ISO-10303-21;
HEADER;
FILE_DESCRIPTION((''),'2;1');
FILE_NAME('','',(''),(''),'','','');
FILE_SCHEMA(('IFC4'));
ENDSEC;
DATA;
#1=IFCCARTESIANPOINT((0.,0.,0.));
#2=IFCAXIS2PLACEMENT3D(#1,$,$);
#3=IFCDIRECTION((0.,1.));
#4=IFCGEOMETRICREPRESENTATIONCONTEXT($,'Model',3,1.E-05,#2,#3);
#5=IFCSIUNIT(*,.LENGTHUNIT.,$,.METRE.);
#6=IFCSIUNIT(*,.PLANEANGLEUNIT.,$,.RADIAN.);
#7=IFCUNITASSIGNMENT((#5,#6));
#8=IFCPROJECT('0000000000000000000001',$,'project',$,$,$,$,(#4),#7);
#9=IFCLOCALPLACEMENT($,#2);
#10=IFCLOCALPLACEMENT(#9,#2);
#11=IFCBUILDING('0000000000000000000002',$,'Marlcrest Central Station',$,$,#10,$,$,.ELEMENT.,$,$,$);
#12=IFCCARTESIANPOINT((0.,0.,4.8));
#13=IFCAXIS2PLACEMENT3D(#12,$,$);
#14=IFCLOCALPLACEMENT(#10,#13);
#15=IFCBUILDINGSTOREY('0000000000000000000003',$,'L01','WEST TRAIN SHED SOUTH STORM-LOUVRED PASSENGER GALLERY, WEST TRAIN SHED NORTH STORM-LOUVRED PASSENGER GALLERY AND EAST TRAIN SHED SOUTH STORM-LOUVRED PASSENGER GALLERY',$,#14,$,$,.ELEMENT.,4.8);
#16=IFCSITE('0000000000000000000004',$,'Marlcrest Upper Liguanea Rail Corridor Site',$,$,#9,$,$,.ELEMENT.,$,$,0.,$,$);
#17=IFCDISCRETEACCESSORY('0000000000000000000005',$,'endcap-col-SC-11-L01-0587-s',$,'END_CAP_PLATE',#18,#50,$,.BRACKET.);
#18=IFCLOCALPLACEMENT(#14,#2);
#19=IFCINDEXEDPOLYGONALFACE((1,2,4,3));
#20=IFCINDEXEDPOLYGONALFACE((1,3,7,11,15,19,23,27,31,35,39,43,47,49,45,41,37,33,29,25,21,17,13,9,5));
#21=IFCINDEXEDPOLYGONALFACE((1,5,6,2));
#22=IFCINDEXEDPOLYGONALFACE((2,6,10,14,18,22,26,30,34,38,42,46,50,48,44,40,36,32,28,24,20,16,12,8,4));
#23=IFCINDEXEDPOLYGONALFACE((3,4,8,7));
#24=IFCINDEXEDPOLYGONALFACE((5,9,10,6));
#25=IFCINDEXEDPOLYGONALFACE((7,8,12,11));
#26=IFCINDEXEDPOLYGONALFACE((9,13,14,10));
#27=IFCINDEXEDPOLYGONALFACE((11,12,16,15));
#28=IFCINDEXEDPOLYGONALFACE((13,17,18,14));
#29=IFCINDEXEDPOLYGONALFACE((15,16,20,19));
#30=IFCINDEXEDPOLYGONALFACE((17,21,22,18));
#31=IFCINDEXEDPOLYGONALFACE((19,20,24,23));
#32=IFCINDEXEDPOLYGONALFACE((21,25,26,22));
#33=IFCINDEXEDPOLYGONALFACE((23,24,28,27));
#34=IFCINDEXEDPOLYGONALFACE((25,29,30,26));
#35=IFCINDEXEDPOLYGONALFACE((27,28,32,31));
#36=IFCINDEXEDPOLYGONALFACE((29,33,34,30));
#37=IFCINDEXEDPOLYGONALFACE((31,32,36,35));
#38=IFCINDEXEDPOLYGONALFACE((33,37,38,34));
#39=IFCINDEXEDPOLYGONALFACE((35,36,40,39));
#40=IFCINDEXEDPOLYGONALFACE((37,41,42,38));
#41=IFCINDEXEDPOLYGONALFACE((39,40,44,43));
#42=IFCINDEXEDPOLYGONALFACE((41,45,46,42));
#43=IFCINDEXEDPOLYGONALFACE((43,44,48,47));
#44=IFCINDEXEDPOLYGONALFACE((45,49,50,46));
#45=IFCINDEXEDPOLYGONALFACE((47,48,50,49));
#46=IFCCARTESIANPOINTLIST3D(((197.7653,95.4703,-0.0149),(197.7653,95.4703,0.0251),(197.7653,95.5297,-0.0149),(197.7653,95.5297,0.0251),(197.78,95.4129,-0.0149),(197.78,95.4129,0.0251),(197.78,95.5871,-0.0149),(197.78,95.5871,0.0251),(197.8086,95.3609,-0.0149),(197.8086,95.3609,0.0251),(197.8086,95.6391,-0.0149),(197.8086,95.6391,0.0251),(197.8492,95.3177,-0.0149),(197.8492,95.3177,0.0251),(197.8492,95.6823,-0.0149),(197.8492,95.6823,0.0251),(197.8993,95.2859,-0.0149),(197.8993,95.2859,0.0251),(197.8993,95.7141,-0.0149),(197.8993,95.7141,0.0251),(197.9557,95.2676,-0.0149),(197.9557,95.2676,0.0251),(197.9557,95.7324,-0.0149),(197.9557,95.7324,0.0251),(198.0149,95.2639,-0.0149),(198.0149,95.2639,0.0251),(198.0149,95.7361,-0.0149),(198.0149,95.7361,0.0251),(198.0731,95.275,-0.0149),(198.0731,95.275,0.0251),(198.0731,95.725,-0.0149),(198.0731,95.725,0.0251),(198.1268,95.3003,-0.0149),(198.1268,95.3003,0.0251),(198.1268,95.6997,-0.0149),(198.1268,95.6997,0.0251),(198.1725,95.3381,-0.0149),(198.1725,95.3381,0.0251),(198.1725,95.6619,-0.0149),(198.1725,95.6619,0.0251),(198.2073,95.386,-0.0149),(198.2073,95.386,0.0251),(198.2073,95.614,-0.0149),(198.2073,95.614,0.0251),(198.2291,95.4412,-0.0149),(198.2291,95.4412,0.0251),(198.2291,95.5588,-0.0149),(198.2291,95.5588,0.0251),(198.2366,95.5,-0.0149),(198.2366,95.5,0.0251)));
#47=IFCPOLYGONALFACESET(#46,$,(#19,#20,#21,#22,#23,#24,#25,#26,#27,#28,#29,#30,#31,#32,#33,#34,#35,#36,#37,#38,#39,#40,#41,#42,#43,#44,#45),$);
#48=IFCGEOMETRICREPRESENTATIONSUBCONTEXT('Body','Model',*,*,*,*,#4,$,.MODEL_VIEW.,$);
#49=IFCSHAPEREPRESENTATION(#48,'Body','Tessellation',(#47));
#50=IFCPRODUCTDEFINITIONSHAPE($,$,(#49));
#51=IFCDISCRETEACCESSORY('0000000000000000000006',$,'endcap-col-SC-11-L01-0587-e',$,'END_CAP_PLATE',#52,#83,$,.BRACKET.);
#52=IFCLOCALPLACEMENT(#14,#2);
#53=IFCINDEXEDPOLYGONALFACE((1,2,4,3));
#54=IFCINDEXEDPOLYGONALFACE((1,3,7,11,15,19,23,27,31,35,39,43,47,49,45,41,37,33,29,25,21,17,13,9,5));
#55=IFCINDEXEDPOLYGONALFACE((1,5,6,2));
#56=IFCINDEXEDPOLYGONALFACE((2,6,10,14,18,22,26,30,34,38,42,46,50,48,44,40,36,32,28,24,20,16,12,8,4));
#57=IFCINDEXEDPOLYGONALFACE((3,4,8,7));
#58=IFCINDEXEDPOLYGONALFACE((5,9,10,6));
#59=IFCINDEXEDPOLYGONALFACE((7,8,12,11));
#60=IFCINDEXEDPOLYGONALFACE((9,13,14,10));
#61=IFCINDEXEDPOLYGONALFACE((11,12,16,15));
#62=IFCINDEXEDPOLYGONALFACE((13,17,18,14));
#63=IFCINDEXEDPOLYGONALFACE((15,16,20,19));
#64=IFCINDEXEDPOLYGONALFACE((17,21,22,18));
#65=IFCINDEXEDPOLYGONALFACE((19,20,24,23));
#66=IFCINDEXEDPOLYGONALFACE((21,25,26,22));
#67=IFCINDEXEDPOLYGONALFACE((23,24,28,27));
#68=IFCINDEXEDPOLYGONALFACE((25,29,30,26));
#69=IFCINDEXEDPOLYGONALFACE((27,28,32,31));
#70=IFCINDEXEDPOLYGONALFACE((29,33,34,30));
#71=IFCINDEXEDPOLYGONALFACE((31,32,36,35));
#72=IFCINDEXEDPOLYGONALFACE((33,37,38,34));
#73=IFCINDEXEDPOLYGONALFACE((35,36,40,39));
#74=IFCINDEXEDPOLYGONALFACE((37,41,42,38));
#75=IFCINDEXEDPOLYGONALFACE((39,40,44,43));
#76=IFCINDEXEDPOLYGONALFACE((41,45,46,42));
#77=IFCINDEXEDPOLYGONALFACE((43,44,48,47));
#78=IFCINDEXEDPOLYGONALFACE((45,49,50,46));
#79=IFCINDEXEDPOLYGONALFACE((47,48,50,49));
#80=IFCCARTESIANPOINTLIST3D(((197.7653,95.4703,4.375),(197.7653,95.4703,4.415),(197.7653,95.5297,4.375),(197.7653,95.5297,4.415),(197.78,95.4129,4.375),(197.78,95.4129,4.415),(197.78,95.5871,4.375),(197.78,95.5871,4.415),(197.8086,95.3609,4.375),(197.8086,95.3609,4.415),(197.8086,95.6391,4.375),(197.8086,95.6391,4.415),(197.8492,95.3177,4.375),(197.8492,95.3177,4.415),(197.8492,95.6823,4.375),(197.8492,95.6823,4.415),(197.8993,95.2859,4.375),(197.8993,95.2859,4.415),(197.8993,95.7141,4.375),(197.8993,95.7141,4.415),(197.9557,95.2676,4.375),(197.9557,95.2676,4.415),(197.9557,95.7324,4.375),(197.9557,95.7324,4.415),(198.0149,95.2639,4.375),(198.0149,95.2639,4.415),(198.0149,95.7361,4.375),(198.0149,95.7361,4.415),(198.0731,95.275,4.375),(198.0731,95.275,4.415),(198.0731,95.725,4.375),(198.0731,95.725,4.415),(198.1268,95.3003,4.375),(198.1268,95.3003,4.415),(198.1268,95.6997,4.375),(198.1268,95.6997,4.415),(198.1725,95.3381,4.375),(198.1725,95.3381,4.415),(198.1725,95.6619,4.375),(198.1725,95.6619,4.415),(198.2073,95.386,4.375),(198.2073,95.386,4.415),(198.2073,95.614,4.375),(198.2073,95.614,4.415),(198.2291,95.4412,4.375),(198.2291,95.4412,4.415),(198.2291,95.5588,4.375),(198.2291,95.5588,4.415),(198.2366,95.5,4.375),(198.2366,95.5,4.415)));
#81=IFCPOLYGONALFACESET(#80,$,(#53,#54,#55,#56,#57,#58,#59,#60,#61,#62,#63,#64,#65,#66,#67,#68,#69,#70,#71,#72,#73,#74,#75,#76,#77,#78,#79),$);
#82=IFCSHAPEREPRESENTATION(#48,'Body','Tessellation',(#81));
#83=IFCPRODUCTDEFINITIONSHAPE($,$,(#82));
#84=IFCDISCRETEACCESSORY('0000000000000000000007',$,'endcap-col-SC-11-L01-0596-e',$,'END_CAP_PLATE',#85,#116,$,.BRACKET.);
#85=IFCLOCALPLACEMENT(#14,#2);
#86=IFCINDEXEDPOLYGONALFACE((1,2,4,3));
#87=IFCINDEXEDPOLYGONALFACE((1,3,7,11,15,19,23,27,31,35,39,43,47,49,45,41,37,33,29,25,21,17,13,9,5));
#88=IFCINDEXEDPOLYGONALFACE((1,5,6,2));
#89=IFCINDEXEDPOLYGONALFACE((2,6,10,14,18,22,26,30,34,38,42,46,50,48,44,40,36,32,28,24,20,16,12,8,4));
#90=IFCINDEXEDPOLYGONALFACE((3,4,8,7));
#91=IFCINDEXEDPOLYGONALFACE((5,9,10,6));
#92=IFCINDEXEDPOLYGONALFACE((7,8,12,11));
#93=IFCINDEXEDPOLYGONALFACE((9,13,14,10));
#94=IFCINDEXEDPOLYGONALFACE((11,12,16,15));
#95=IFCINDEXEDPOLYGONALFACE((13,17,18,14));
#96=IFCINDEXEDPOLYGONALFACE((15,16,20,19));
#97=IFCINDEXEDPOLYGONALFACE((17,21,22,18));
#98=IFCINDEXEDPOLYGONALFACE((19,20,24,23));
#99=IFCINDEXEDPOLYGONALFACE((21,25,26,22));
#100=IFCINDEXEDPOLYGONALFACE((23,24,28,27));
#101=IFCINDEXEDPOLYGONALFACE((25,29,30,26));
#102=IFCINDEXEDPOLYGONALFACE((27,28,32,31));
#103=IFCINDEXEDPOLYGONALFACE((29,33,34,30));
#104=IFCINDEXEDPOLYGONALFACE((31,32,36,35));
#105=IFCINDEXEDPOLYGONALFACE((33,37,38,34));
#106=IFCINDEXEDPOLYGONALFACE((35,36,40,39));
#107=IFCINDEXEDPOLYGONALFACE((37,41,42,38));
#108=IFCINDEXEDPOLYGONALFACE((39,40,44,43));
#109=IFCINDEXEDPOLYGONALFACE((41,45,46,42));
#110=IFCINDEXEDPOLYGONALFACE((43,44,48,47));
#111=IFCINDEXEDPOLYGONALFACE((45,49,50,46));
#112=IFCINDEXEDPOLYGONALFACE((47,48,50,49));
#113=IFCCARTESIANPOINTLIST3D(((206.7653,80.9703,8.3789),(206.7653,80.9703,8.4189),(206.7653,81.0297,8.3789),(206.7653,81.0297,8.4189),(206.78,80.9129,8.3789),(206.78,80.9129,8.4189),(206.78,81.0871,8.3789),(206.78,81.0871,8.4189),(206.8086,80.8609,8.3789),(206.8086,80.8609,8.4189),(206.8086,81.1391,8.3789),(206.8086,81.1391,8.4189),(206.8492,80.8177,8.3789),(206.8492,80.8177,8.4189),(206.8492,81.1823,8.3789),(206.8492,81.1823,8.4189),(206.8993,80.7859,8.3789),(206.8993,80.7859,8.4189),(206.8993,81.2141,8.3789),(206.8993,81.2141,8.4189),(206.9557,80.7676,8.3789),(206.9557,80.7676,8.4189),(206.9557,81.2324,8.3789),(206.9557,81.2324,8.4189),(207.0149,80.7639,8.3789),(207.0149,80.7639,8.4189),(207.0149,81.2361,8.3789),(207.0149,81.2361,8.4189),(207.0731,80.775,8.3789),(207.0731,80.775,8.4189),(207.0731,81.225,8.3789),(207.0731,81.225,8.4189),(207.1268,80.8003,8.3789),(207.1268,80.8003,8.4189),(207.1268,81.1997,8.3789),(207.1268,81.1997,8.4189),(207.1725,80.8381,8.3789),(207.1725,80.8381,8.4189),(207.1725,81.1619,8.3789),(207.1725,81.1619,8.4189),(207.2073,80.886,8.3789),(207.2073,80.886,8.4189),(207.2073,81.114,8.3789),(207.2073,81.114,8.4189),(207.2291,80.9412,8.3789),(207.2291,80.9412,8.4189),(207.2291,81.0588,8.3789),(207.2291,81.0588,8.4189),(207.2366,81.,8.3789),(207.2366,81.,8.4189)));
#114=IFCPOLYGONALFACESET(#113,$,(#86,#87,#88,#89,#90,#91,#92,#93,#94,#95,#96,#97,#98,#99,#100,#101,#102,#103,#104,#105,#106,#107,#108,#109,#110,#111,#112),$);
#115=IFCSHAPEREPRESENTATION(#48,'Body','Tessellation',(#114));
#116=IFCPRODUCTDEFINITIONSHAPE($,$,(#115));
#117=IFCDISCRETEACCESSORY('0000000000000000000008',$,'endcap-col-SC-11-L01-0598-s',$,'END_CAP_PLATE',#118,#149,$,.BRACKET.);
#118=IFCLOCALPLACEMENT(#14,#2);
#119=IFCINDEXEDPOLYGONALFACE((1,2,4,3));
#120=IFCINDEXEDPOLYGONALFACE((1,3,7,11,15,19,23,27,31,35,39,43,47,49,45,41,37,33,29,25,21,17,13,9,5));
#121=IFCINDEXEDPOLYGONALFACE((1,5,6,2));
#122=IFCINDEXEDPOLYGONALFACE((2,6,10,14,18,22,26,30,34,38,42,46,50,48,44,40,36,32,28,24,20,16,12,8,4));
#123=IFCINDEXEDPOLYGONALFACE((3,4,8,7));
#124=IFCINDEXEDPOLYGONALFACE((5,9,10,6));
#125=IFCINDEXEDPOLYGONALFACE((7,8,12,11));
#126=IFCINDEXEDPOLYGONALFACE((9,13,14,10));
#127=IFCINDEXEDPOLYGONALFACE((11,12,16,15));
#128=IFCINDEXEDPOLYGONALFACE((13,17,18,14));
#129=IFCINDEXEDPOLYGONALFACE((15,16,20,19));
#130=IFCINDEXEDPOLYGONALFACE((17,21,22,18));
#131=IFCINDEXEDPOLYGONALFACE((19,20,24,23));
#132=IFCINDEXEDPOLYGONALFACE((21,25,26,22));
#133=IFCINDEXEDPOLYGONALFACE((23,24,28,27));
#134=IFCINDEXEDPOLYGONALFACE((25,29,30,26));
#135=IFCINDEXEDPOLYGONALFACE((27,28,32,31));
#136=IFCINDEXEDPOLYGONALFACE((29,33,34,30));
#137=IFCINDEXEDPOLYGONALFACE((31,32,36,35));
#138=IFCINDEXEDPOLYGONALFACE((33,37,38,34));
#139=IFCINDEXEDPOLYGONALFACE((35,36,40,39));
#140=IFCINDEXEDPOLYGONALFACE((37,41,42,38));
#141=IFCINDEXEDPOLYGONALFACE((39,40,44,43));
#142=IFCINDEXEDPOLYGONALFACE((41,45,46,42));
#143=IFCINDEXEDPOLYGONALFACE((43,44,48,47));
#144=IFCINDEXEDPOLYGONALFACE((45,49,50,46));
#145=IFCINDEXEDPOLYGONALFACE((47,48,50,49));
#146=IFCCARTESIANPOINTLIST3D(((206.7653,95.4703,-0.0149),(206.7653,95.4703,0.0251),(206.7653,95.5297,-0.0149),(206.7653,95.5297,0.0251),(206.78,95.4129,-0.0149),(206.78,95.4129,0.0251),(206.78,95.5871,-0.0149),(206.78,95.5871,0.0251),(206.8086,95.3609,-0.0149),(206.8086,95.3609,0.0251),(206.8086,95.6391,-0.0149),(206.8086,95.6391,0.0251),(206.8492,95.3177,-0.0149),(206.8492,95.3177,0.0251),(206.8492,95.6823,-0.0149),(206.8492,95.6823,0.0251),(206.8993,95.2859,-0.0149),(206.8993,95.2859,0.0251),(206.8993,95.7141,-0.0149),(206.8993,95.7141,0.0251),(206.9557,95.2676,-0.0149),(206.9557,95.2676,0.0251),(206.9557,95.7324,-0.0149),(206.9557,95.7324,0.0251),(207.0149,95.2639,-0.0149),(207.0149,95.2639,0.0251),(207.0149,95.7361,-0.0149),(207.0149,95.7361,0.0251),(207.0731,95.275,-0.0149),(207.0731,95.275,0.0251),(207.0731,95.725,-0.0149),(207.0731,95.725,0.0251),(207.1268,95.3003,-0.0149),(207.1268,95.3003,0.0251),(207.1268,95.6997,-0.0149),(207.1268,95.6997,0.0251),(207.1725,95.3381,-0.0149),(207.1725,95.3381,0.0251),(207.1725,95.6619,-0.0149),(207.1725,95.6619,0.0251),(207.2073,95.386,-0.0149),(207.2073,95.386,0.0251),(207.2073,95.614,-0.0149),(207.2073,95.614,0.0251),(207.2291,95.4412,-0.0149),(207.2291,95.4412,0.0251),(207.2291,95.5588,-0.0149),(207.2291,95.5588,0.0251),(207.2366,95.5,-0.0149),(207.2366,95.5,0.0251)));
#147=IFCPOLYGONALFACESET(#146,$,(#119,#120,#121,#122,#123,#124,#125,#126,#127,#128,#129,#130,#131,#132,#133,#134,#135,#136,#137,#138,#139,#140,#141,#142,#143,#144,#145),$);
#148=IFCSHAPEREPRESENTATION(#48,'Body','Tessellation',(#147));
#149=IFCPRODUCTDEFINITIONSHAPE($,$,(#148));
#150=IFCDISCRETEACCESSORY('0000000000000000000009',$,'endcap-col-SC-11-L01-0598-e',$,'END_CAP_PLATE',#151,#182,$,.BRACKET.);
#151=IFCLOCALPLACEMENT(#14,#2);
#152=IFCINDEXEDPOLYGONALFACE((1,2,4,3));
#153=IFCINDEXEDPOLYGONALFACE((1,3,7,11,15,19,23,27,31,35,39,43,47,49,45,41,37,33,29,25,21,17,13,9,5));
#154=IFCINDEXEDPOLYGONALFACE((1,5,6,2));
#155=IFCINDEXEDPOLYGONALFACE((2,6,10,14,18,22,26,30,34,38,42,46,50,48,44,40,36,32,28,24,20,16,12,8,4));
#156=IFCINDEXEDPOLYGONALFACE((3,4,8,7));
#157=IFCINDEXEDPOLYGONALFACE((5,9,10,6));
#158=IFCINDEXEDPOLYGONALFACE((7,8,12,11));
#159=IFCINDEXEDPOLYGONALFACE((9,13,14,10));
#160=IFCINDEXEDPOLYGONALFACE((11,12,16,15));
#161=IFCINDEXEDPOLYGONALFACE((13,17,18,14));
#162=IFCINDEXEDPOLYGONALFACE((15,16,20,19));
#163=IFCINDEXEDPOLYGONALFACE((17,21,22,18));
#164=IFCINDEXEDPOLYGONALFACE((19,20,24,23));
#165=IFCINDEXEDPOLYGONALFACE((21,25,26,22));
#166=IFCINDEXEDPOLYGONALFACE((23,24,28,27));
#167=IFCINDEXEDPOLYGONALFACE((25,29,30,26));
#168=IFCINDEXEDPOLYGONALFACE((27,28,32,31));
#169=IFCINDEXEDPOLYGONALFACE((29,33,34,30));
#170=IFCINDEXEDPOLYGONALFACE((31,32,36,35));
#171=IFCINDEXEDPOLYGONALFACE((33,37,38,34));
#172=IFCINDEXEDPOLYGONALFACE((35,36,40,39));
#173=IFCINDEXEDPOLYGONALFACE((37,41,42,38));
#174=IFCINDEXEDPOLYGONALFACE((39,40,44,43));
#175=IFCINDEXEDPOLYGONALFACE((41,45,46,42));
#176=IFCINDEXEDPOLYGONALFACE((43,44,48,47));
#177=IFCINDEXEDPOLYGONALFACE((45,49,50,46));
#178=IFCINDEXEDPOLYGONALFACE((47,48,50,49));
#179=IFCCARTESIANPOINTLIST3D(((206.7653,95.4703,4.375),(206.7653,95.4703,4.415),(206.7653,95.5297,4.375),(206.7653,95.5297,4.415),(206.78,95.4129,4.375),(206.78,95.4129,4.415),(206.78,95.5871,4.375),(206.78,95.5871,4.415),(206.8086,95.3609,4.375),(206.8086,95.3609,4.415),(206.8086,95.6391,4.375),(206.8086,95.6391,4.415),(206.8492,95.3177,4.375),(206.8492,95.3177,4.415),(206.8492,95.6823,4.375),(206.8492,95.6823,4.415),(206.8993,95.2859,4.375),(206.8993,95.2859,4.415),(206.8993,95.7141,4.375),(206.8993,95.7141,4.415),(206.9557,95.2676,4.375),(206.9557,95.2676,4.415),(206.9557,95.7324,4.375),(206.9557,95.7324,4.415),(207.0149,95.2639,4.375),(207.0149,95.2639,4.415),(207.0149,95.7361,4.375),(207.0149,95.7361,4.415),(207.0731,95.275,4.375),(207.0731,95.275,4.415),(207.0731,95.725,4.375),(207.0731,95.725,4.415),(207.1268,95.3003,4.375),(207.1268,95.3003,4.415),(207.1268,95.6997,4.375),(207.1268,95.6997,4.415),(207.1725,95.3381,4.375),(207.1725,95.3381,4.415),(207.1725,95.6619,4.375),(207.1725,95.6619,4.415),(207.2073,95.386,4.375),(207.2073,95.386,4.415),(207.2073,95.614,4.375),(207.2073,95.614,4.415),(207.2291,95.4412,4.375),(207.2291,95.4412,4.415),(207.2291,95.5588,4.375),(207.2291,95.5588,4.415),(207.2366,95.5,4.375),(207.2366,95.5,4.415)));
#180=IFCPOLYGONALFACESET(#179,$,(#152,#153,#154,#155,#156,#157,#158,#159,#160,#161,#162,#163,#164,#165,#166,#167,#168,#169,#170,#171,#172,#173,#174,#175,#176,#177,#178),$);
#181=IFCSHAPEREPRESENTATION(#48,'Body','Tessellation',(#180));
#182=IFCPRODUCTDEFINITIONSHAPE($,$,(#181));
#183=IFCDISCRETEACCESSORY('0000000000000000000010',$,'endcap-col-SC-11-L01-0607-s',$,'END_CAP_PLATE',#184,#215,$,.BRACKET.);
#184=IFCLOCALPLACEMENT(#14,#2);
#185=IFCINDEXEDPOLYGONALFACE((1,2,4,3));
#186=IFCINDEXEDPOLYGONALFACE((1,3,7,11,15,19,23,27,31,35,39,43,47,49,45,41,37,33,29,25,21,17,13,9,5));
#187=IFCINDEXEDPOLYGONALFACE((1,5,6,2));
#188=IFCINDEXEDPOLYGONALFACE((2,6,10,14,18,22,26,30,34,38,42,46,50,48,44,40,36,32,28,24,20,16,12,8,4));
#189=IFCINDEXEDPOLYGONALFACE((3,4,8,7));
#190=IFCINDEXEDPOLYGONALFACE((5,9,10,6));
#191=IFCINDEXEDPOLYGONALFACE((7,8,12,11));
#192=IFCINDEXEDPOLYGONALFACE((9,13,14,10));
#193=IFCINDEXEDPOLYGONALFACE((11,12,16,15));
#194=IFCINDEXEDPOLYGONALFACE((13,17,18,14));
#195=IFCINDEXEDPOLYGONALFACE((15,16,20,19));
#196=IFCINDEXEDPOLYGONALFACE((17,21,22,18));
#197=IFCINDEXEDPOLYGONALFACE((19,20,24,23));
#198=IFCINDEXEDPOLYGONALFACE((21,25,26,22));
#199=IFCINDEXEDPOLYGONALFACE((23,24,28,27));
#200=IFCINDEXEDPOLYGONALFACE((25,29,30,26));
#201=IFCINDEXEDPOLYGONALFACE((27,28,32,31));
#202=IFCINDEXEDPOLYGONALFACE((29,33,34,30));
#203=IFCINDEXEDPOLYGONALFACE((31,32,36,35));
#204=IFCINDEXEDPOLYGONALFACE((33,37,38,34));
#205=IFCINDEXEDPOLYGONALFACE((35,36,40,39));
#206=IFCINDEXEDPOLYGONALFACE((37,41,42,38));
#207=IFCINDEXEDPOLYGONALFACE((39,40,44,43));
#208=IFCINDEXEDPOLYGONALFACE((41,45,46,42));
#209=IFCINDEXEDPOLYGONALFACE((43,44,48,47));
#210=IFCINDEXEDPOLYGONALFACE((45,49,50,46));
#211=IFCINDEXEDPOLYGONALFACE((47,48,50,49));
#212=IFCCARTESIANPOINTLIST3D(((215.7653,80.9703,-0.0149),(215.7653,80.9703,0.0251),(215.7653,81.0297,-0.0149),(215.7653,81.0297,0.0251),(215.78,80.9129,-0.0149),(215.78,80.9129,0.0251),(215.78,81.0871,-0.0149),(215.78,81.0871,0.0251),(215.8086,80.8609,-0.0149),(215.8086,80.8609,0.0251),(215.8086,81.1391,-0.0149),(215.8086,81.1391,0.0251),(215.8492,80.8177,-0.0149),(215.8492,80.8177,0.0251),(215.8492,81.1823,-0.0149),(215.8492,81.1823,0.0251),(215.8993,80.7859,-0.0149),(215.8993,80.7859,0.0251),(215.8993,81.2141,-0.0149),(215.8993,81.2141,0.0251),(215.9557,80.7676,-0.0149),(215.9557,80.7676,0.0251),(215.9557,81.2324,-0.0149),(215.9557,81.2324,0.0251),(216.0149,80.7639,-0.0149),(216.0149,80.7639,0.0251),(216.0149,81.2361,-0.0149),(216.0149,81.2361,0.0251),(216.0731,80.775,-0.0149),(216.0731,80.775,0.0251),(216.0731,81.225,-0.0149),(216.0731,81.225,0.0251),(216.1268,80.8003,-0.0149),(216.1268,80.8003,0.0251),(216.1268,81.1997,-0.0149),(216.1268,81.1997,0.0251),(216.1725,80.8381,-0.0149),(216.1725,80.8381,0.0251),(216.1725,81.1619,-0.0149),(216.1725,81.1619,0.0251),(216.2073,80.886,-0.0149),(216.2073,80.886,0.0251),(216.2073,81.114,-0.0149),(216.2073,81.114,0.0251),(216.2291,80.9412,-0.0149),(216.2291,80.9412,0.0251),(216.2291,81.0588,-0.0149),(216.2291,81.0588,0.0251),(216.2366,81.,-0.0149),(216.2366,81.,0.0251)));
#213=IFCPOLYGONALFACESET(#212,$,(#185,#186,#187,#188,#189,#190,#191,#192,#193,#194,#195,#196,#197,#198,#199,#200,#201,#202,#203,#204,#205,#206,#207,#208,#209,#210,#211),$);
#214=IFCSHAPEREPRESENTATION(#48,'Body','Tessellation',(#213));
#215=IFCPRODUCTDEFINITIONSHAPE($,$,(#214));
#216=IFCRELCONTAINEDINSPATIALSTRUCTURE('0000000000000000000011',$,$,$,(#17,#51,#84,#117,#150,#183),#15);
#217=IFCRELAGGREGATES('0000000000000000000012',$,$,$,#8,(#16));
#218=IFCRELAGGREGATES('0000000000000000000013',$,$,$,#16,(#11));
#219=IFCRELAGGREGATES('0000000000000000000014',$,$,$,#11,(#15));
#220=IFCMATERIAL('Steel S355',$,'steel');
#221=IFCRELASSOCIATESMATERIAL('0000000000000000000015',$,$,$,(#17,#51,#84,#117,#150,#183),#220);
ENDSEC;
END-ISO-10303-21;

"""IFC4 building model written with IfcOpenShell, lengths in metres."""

from ifc_helpers import new_model, si_unit, direction, frame, origin, origin_2d, place, context, subcontext, project, spatial, circle, extrude, material, element, save


model = new_model("IFC4")

# Units and contexts
model_context = context("Model", 3, precision=1e-05, world=origin(), true_north=direction((0.0, 1.0)))
body_context = subcontext(model_context, "Body", "Model", "MODEL_VIEW")
ifc_project = project(units=[si_unit("LENGTHUNIT", "METRE"), si_unit("PLANEANGLEUNIT", "RADIAN")], contexts=[model_context])

# Site, building, storey
site_placement = place(None, origin())
site = spatial("IfcSite", under=ifc_project, at=site_placement, Name="Marlcrest Upper Liguanea Rail Corridor Site", CompositionType="ELEMENT", RefElevation=0.0)
building_placement = place(site_placement, origin())
building = spatial("IfcBuilding", under=site, at=building_placement, Name="Marlcrest Central Station", CompositionType="ELEMENT")
storey_placement = place(building_placement, frame((0.0, 0.0, 4.8)))
storey = spatial("IfcBuildingStorey", under=building, at=storey_placement, Name="L01", Description="WEST TRAIN SHED SOUTH STORM-LOUVRED PASSENGER GALLERY, WEST TRAIN SHED NORTH STORM-LOUVRED PASSENGER GALLERY AND EAST TRAIN SHED SOUTH STORM-LOUVRED PASSENGER GALLERY", CompositionType="ELEMENT", Elevation=4.8)

# Shared definitions
ifc_material_1 = material(Name="Steel S355", Category="steel")

# Discrete accessories
for number, where, z_axis, x_axis, name in (
    (1, (198.0, 95.5, -0.0149), (0.0, 0.0, 1.0), (1.0, 0.0, 0.0), "endcap-col-SC-11-L01-0587-s"),
    (2, (198.0, 95.5, 4.375), (0.0, 0.0, 1.0), (1.0, 0.0, 0.0), "endcap-col-SC-11-L01-0587-e"),
    (3, (207.0, 81.0, 8.3789), (0.0, 0.0, 1.0), (1.0, 0.0, 0.0), "endcap-col-SC-11-L01-0596-e"),
    (4, (207.0, 95.5, -0.0149), (0.0, 0.0, 1.0), (1.0, 0.0, 0.0), "endcap-col-SC-11-L01-0598-s"),
    (5, (207.0, 95.5, 4.375), (0.0, 0.0, 1.0), (1.0, 0.0, 0.0), "endcap-col-SC-11-L01-0598-e"),
    (6, (216.0, 81.0, -0.0149), (0.0, 0.0, 1.0), (1.0, 0.0, 0.0), "endcap-col-SC-11-L01-0607-s"),
):
    element("IfcDiscreteAccessory", number, at=place(storey_placement, frame(where, z_axis=z_axis, x_axis=x_axis)), inside=storey, material=ifc_material_1, Name=name, ObjectType="END_CAP_PLATE", PredefinedType="BRACKET", context=body_context, shape_type="SweptSolid", body=[
        extrude(circle(Radius=0.2366, at=origin_2d()), origin(), (0.0, 0.0, 1.0), 0.04),
    ])

save(model, "model.ifc")
